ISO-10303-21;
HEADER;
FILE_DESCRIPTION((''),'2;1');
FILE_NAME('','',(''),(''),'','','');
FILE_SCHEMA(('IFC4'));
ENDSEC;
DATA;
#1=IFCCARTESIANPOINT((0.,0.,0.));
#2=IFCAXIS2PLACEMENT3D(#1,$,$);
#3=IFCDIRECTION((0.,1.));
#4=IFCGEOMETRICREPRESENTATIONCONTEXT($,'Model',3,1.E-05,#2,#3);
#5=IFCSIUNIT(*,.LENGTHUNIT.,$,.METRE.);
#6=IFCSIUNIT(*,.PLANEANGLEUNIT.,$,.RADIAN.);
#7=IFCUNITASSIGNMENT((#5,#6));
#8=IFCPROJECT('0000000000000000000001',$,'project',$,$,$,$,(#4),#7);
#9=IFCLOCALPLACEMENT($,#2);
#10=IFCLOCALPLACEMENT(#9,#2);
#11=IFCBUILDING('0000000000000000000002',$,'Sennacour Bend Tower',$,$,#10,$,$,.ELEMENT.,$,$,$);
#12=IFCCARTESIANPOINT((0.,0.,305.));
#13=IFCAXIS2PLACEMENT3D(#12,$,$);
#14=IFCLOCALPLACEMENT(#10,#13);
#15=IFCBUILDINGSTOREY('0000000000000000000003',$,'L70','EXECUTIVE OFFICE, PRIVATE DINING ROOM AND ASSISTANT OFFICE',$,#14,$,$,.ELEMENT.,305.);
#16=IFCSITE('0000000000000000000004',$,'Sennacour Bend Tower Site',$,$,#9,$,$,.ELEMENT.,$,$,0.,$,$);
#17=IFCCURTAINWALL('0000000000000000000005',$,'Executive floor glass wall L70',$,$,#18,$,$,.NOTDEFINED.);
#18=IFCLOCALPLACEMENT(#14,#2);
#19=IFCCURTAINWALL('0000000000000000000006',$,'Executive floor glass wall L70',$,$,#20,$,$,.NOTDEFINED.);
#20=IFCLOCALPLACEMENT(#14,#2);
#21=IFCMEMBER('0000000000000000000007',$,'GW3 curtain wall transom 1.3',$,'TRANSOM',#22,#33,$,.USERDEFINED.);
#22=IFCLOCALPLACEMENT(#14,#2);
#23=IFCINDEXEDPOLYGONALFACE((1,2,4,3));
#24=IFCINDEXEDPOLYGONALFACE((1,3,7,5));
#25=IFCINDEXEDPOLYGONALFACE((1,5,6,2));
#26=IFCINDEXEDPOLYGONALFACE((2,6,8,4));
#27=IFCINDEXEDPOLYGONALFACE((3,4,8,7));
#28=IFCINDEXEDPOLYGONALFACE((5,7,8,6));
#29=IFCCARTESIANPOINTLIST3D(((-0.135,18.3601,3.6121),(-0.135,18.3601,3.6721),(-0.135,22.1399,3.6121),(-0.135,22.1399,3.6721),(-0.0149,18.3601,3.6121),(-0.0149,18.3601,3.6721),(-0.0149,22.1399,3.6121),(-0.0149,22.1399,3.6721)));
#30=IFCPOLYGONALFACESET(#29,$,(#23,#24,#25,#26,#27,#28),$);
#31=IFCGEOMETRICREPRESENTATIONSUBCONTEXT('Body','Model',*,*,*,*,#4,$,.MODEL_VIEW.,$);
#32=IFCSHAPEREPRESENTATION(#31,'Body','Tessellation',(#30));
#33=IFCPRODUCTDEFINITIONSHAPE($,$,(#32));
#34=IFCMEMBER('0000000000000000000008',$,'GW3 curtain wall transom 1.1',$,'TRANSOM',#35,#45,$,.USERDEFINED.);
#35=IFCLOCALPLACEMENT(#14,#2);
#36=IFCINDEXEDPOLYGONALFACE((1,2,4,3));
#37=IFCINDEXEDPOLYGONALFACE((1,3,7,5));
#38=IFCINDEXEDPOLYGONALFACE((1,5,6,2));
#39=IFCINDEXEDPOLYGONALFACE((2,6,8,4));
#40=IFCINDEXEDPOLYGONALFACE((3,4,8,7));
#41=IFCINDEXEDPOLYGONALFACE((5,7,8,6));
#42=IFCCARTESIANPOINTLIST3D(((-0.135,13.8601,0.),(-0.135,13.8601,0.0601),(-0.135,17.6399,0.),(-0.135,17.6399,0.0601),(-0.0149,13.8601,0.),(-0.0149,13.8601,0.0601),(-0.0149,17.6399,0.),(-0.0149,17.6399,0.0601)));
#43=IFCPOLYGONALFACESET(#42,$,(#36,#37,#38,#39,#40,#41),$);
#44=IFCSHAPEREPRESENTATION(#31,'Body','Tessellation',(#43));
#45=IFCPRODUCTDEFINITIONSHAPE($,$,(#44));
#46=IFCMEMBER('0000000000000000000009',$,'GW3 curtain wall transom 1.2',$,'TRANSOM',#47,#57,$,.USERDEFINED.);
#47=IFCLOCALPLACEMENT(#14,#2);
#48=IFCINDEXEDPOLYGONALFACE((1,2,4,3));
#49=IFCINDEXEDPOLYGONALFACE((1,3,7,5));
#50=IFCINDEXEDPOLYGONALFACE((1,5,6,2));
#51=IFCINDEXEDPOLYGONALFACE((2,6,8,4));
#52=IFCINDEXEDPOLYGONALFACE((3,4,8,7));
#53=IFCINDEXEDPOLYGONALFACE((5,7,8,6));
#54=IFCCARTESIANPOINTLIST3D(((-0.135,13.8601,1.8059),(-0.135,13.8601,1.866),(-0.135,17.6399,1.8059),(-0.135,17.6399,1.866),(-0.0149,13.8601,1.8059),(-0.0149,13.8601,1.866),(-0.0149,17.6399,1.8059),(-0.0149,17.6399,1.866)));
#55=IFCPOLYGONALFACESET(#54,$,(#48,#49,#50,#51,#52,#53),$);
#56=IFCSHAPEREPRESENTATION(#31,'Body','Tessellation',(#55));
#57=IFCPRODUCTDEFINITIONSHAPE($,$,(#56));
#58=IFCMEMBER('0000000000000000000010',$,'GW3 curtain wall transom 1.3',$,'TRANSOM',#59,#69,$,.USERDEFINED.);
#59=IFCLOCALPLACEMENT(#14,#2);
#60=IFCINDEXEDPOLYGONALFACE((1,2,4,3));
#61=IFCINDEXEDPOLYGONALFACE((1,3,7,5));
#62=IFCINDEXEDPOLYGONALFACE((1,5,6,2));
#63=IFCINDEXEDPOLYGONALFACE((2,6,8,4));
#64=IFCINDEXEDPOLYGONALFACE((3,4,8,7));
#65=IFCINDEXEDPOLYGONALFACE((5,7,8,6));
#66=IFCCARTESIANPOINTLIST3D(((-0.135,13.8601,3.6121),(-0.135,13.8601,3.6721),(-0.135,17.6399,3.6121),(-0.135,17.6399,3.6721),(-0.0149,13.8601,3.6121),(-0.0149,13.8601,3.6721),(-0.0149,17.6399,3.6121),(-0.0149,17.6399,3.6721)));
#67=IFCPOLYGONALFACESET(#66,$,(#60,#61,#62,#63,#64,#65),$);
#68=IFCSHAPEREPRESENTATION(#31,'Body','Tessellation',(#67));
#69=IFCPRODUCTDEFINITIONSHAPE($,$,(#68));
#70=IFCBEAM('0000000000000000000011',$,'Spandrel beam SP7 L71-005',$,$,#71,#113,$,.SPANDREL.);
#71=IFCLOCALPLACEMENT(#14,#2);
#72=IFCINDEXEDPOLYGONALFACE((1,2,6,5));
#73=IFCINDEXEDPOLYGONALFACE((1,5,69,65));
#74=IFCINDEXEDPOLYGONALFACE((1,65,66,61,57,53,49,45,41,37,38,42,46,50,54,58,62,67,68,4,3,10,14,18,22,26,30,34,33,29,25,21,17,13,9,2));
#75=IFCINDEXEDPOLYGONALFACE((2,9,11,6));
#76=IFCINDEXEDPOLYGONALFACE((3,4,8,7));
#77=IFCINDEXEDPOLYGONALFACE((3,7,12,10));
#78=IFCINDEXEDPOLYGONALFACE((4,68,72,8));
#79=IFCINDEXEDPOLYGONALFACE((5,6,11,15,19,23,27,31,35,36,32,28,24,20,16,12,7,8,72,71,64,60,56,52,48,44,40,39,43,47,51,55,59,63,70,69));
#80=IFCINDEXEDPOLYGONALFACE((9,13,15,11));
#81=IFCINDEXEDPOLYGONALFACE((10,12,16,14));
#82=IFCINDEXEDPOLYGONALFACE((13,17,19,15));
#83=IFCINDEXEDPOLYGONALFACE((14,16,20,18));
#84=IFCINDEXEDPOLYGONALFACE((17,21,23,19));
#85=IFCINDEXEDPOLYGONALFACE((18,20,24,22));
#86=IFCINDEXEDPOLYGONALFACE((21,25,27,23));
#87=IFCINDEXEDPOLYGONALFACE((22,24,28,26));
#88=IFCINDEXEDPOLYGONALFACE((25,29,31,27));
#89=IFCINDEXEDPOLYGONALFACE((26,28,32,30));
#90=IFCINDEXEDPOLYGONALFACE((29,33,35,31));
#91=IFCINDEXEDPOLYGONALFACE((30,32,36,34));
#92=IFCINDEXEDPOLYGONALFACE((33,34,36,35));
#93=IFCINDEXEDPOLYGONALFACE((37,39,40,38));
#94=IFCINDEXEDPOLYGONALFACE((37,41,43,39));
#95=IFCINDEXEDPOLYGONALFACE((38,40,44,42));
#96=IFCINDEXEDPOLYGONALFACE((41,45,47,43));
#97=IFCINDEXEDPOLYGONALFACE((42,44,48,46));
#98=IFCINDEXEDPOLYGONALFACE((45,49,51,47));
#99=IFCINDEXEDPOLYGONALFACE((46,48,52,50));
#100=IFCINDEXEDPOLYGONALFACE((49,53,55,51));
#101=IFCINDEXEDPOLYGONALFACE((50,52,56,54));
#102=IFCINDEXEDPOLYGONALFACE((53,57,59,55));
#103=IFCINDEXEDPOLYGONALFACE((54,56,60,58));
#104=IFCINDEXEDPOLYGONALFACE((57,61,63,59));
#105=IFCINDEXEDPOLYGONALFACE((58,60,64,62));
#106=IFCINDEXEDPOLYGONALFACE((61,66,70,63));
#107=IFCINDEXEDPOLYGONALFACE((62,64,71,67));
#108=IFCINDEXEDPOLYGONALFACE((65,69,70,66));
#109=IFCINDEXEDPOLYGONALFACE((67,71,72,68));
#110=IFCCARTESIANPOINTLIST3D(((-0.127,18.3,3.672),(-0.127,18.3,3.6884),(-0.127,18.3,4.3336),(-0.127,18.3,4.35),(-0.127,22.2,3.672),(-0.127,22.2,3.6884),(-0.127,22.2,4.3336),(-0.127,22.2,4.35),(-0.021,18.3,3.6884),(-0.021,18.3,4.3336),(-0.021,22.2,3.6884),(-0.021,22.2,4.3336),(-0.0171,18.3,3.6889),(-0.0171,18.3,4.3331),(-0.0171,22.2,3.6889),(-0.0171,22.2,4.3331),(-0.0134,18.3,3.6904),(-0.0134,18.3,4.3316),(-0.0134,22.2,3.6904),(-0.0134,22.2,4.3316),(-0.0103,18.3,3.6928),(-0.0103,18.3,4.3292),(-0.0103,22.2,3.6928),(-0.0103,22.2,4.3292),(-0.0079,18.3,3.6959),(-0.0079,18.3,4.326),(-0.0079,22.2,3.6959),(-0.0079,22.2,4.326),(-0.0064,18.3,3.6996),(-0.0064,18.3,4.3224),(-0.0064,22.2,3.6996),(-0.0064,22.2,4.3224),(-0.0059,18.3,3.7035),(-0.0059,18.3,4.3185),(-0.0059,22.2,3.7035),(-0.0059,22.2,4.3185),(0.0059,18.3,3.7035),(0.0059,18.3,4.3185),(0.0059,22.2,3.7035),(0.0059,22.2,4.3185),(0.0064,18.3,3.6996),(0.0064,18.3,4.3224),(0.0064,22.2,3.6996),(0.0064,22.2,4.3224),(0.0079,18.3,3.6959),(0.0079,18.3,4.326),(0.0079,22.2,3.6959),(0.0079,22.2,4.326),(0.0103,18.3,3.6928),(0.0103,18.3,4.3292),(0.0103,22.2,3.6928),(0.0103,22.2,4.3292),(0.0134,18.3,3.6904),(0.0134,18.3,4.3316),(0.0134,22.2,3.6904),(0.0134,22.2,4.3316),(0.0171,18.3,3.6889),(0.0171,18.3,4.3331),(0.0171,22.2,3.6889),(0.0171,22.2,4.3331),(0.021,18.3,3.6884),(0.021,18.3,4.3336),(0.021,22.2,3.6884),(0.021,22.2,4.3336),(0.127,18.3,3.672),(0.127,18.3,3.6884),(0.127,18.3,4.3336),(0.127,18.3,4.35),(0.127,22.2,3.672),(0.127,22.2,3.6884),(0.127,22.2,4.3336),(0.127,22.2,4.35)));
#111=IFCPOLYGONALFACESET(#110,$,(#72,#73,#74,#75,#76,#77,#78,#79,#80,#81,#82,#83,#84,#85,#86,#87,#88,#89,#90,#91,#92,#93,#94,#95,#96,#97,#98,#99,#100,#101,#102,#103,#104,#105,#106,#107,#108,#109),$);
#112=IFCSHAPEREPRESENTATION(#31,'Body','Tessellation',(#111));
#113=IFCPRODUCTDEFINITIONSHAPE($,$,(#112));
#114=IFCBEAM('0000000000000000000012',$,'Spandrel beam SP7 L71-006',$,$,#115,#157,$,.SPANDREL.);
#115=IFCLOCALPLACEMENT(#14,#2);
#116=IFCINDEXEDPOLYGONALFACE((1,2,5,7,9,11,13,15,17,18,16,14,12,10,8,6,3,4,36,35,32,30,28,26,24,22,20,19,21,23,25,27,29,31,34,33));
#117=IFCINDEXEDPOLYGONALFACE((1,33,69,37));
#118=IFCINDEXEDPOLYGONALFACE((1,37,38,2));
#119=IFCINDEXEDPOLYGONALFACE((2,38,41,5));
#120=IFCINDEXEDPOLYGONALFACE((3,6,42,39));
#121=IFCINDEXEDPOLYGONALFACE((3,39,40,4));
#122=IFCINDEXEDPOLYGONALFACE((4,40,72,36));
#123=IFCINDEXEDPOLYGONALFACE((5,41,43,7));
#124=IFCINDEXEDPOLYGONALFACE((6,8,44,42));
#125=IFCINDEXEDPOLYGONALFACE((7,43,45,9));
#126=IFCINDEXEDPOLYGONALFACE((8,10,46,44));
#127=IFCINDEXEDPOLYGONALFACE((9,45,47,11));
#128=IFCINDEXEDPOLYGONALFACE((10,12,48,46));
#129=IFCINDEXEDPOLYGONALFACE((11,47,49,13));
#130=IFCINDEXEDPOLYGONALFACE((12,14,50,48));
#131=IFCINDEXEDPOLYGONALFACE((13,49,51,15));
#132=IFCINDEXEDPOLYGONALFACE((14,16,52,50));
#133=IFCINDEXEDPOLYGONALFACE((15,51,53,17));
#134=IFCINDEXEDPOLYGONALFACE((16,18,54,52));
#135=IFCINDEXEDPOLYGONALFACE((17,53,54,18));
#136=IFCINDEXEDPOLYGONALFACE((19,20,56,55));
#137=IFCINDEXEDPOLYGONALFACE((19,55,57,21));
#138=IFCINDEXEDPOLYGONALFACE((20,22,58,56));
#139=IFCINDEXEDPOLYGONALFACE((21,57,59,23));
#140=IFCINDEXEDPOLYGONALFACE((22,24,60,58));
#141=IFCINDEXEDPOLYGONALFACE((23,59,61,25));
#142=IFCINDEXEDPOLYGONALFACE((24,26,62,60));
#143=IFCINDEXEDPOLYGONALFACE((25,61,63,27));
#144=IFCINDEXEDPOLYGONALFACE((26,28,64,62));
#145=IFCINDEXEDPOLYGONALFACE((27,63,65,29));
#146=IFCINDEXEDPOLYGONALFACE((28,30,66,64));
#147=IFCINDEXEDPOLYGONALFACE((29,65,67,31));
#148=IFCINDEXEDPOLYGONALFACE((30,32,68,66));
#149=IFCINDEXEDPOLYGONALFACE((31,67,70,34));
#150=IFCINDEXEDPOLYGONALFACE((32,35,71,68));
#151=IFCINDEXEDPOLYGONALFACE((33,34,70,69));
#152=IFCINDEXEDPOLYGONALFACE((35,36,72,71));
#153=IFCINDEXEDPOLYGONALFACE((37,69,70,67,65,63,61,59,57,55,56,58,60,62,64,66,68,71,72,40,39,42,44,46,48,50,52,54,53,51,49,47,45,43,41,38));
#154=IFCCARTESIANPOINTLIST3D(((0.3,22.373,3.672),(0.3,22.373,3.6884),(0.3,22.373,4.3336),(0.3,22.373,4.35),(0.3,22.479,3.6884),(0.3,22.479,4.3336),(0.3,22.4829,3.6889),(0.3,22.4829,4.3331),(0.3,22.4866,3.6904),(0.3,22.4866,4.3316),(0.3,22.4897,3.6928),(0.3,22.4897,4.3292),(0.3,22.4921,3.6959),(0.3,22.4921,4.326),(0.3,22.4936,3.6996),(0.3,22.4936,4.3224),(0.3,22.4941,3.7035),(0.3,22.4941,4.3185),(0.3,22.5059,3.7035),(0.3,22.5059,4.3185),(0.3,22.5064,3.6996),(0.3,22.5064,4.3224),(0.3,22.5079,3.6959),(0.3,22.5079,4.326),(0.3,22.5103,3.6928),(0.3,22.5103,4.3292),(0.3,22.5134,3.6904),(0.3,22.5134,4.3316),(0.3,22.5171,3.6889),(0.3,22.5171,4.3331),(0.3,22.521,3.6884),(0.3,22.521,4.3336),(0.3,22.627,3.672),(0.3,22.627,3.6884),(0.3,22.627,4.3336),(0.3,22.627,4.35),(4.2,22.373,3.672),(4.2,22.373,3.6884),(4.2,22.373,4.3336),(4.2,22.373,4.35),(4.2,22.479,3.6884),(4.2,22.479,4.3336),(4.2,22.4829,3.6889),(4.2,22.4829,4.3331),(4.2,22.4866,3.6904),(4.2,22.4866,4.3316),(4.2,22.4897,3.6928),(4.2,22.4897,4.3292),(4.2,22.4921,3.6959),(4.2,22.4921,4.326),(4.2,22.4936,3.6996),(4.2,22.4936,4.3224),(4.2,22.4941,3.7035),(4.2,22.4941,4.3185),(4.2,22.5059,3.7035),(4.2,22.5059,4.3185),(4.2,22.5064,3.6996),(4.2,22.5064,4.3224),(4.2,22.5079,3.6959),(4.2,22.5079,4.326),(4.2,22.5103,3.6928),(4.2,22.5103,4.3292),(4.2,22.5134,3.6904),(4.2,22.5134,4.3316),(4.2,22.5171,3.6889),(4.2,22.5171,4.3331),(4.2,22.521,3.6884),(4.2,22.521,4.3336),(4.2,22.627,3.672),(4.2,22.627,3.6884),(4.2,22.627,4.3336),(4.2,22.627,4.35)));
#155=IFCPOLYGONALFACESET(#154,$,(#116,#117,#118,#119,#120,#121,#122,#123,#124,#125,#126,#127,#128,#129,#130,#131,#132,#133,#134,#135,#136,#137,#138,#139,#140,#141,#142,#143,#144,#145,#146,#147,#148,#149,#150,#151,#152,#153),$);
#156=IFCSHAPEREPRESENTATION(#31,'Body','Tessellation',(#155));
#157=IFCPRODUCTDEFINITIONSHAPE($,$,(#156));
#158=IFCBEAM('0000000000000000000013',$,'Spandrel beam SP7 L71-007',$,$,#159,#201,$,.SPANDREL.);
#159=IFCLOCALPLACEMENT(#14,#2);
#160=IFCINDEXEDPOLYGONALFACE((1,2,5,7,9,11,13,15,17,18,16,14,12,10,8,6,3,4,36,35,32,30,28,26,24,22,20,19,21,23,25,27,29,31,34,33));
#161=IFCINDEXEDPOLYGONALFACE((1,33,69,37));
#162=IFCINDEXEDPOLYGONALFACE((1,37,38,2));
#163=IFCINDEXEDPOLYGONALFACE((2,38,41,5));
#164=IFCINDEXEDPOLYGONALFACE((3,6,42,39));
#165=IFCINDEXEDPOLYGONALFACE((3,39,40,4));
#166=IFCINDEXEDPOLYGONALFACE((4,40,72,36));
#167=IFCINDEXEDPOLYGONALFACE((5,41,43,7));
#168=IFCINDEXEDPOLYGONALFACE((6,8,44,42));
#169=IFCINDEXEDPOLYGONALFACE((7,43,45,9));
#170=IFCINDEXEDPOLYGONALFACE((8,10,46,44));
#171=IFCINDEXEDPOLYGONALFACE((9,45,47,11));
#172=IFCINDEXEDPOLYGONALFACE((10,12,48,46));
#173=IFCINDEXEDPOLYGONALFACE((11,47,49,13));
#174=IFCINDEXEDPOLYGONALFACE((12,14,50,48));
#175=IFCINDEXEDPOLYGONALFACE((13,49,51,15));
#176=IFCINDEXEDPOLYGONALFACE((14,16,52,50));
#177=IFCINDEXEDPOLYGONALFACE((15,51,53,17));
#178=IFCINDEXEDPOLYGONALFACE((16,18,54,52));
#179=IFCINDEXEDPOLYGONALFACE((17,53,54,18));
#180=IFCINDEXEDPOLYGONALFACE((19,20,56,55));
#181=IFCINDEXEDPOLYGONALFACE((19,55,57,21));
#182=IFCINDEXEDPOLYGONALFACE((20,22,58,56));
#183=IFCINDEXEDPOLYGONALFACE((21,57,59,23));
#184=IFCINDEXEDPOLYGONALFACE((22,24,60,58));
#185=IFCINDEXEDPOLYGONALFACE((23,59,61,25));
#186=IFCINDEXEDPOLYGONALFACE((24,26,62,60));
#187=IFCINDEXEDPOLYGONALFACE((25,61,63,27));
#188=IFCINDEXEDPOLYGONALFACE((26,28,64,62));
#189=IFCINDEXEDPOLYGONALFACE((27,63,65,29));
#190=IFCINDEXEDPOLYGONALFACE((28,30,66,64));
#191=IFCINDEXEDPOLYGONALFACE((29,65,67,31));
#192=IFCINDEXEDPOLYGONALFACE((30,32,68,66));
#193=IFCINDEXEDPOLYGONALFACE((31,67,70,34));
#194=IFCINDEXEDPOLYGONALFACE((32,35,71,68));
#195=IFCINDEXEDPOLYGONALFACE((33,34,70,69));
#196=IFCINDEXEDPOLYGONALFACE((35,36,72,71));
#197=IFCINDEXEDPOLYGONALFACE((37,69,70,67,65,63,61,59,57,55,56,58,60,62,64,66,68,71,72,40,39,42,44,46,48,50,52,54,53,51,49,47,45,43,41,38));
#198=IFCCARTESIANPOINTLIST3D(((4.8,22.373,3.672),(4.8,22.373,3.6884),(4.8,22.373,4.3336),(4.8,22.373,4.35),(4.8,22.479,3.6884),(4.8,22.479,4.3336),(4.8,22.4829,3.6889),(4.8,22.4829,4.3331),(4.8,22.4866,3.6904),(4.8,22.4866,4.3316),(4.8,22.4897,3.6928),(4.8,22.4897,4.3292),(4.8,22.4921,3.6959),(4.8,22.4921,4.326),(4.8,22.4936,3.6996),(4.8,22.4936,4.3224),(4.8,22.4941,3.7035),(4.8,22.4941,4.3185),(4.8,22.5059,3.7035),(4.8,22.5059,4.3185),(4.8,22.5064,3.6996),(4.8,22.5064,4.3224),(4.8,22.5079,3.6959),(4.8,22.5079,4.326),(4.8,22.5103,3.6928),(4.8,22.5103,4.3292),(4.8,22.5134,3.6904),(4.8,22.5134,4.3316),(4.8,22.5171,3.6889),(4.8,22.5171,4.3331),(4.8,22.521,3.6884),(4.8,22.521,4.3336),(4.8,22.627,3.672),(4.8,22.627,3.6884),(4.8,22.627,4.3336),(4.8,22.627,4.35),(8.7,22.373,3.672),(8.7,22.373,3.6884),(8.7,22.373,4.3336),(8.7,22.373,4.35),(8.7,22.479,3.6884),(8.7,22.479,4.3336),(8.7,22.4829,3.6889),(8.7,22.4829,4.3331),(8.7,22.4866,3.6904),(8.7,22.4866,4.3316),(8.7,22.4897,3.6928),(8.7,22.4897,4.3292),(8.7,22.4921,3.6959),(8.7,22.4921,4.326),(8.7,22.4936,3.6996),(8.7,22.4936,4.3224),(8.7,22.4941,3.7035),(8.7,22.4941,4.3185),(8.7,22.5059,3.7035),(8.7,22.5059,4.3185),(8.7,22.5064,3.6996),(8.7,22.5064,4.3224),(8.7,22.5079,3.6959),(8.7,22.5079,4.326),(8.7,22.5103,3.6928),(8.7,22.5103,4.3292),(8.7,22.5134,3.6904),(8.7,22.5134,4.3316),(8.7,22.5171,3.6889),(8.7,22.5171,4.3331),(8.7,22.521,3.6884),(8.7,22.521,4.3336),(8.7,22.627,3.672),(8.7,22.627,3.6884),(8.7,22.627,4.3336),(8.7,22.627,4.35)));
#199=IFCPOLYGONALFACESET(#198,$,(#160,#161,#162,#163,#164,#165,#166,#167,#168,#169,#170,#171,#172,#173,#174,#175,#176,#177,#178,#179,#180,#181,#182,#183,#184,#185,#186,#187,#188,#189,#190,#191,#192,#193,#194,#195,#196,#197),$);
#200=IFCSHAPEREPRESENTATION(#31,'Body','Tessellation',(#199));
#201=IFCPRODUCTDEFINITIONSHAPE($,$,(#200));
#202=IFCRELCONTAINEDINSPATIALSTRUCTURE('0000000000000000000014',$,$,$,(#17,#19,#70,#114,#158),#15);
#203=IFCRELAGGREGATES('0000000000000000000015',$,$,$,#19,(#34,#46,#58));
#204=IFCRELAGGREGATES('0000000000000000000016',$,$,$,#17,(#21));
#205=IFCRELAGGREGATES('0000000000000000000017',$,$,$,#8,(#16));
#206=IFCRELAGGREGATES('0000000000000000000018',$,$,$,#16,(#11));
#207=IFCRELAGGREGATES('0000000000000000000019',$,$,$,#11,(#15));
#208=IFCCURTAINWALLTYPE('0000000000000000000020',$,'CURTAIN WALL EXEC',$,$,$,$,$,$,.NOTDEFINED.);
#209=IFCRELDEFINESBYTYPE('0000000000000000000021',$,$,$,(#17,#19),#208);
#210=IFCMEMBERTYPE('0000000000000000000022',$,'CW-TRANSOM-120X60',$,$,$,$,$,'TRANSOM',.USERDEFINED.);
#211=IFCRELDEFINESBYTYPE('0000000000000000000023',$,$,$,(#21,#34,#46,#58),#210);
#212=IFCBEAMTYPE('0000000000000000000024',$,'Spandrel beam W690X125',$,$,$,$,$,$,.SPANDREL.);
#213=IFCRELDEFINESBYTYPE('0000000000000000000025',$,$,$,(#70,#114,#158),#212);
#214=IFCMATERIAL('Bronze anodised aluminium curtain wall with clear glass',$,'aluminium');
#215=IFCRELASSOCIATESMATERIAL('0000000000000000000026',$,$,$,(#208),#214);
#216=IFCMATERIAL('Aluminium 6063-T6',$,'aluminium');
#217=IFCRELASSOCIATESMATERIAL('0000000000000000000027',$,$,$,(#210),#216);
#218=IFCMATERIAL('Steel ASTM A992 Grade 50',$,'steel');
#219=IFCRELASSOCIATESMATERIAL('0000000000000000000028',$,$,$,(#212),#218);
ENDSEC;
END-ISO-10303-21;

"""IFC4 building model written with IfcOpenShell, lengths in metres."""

from ifc_helpers import new_model, si_unit, direction, frame, origin, origin_2d, place, context, subcontext, project, spatial, rectangle, i_section, extrude, material, material_profile, profile_set, type_object, element, aggregate, save


model = new_model("IFC4")

# Units and contexts
model_context = context("Model", 3, precision=1e-05, world=origin(), true_north=direction((0.0, 1.0)))
body_context = subcontext(model_context, "Body", "Model", "MODEL_VIEW")
ifc_project = project(units=[si_unit("LENGTHUNIT", "METRE"), si_unit("PLANEANGLEUNIT", "RADIAN")], contexts=[model_context])

# Site, building, storey
site_placement = place(None, origin())
site = spatial("IfcSite", under=ifc_project, at=site_placement, Name="Sennacour Bend Tower Site", CompositionType="ELEMENT", RefElevation=0.0)
building_placement = place(site_placement, origin())
building = spatial("IfcBuilding", under=site, at=building_placement, Name="Sennacour Bend Tower", CompositionType="ELEMENT")
storey_placement = place(building_placement, frame((0.0, 0.0, 305.0)))
storey = spatial("IfcBuildingStorey", under=building, at=storey_placement, Name="L70", Description="EXECUTIVE OFFICE, PRIVATE DINING ROOM AND ASSISTANT OFFICE", CompositionType="ELEMENT", Elevation=305.0)

# Shared definitions
ifc_material_1 = material(Name="Bronze anodised aluminium curtain wall with clear glass", Category="aluminium")
curtain_wall_type = type_object("IfcCurtainWallType", Name="CURTAIN WALL EXEC", PredefinedType="NOTDEFINED", material=ifc_material_1)
ifc_material_2 = material(Name="Aluminium 6063-T6", Category="aluminium")

# Curtain wall
curtain_wall_1_placement = place(storey_placement, origin())
curtain_wall_1 = element("IfcCurtainWall", 1, at=curtain_wall_1_placement, inside=storey, type_object=curtain_wall_type, Name="Executive floor glass wall L70", PredefinedType="NOTDEFINED")

# Curtain wall
curtain_wall_2_placement = place(storey_placement, origin())
curtain_wall_2 = element("IfcCurtainWall", 2, at=curtain_wall_2_placement, inside=storey, type_object=curtain_wall_type, Name="Executive floor glass wall L70", PredefinedType="NOTDEFINED")

# Members
ifc_material_profile_1 = material_profile(ifc_material_2, rectangle(XDim=0.1201, YDim=0.0601, at=origin_2d()), Name="Aluminium 6063-T6", Category="aluminium")
ifc_profile_set_1 = profile_set([ifc_material_profile_1], Name="Aluminium 6063-T6")
member_type_1 = type_object("IfcMemberType", Name="CW-TRANSOM-120X60", ElementType="TRANSOM", PredefinedType="USERDEFINED", material=ifc_profile_set_1)
member_1_placement = place(storey_placement, frame((-0.075, 22.1399, 3.6421), z_axis=(0.0, -1.0, 0.0), x_axis=(1.0, 0.0, 0.0)))
member_1 = element("IfcMember", 3, at=member_1_placement, type_object=member_type_1, Name="GW3 curtain wall transom 1.3", ObjectType="TRANSOM", PredefinedType="USERDEFINED", context=body_context, shape_type="SweptSolid", body=[
    extrude(rectangle(XDim=0.1201, YDim=0.0601, at=origin_2d()), origin(), (0.0, 0.0, 1.0), 3.7798),
])
member_2_placement = place(storey_placement, frame((-0.075, 17.6399, 0.03), z_axis=(0.0, -1.0, 0.0), x_axis=(1.0, 0.0, 0.0)))
member_2 = element("IfcMember", 4, at=member_2_placement, type_object=member_type_1, Name="GW3 curtain wall transom 1.1", ObjectType="TRANSOM", PredefinedType="USERDEFINED", context=body_context, shape_type="SweptSolid", body=[
    extrude(rectangle(XDim=0.1201, YDim=0.0601, at=origin_2d()), origin(), (0.0, 0.0, 1.0), 3.7798),
])
member_3_placement = place(storey_placement, frame((-0.075, 17.6399, 1.8359), z_axis=(0.0, -1.0, 0.0), x_axis=(1.0, 0.0, 0.0)))
member_3 = element("IfcMember", 5, at=member_3_placement, type_object=member_type_1, Name="GW3 curtain wall transom 1.2", ObjectType="TRANSOM", PredefinedType="USERDEFINED", context=body_context, shape_type="SweptSolid", body=[
    extrude(rectangle(XDim=0.1201, YDim=0.0601, at=origin_2d()), origin(), (0.0, 0.0, 1.0), 3.7798),
])
member_4_placement = place(storey_placement, frame((-0.075, 17.6399, 3.6421), z_axis=(0.0, -1.0, 0.0), x_axis=(1.0, 0.0, 0.0)))
member_4 = element("IfcMember", 6, at=member_4_placement, type_object=member_type_1, Name="GW3 curtain wall transom 1.3", ObjectType="TRANSOM", PredefinedType="USERDEFINED", context=body_context, shape_type="SweptSolid", body=[
    extrude(rectangle(XDim=0.1201, YDim=0.0601, at=origin_2d()), origin(), (0.0, 0.0, 1.0), 3.7798),
])
aggregate(curtain_wall_2, [member_2, member_3, member_4])

# Beams
ifc_material_3 = material(Name="Steel ASTM A992 Grade 50", Category="steel")
ifc_material_profile_2 = material_profile(ifc_material_3, i_section(OverallWidth=0.2539, OverallDepth=0.678, WebThickness=0.0117, FlangeThickness=0.0164, FilletRadius=0.0151, at=origin_2d()), Name="Steel ASTM A992 Grade 50", Category="steel")
ifc_profile_set_2 = profile_set([ifc_material_profile_2], Name="Steel ASTM A992 Grade 50")
beam_type = type_object("IfcBeamType", Name="Spandrel beam W690X125", PredefinedType="SPANDREL", material=ifc_profile_set_2)
for number, where, z_axis, x_axis, name in (
    (7, (0.0, 18.3, 4.011), (0.0, 1.0, 0.0), (-1.0, 0.0, 0.0), "Spandrel beam SP7 L71-005"),
    (8, (0.3, 22.5, 4.011), (1.0, 0.0, 0.0), (0.0, 1.0, 0.0), "Spandrel beam SP7 L71-006"),
    (9, (4.8, 22.5, 4.011), (1.0, 0.0, 0.0), (0.0, 1.0, 0.0), "Spandrel beam SP7 L71-007"),
):
    element("IfcBeam", number, at=place(storey_placement, frame(where, z_axis=z_axis, x_axis=x_axis)), inside=storey, type_object=beam_type, Name=name, PredefinedType="SPANDREL", context=body_context, shape_type="SweptSolid", body=[
        extrude(i_section(OverallWidth=0.2539, OverallDepth=0.678, WebThickness=0.0117, FlangeThickness=0.0164, FilletRadius=0.0151, at=origin_2d()), origin(), (0.0, 0.0, 1.0), 3.8999),
    ])

aggregate(curtain_wall_1, [member_1])

save(model, "model.ifc")
